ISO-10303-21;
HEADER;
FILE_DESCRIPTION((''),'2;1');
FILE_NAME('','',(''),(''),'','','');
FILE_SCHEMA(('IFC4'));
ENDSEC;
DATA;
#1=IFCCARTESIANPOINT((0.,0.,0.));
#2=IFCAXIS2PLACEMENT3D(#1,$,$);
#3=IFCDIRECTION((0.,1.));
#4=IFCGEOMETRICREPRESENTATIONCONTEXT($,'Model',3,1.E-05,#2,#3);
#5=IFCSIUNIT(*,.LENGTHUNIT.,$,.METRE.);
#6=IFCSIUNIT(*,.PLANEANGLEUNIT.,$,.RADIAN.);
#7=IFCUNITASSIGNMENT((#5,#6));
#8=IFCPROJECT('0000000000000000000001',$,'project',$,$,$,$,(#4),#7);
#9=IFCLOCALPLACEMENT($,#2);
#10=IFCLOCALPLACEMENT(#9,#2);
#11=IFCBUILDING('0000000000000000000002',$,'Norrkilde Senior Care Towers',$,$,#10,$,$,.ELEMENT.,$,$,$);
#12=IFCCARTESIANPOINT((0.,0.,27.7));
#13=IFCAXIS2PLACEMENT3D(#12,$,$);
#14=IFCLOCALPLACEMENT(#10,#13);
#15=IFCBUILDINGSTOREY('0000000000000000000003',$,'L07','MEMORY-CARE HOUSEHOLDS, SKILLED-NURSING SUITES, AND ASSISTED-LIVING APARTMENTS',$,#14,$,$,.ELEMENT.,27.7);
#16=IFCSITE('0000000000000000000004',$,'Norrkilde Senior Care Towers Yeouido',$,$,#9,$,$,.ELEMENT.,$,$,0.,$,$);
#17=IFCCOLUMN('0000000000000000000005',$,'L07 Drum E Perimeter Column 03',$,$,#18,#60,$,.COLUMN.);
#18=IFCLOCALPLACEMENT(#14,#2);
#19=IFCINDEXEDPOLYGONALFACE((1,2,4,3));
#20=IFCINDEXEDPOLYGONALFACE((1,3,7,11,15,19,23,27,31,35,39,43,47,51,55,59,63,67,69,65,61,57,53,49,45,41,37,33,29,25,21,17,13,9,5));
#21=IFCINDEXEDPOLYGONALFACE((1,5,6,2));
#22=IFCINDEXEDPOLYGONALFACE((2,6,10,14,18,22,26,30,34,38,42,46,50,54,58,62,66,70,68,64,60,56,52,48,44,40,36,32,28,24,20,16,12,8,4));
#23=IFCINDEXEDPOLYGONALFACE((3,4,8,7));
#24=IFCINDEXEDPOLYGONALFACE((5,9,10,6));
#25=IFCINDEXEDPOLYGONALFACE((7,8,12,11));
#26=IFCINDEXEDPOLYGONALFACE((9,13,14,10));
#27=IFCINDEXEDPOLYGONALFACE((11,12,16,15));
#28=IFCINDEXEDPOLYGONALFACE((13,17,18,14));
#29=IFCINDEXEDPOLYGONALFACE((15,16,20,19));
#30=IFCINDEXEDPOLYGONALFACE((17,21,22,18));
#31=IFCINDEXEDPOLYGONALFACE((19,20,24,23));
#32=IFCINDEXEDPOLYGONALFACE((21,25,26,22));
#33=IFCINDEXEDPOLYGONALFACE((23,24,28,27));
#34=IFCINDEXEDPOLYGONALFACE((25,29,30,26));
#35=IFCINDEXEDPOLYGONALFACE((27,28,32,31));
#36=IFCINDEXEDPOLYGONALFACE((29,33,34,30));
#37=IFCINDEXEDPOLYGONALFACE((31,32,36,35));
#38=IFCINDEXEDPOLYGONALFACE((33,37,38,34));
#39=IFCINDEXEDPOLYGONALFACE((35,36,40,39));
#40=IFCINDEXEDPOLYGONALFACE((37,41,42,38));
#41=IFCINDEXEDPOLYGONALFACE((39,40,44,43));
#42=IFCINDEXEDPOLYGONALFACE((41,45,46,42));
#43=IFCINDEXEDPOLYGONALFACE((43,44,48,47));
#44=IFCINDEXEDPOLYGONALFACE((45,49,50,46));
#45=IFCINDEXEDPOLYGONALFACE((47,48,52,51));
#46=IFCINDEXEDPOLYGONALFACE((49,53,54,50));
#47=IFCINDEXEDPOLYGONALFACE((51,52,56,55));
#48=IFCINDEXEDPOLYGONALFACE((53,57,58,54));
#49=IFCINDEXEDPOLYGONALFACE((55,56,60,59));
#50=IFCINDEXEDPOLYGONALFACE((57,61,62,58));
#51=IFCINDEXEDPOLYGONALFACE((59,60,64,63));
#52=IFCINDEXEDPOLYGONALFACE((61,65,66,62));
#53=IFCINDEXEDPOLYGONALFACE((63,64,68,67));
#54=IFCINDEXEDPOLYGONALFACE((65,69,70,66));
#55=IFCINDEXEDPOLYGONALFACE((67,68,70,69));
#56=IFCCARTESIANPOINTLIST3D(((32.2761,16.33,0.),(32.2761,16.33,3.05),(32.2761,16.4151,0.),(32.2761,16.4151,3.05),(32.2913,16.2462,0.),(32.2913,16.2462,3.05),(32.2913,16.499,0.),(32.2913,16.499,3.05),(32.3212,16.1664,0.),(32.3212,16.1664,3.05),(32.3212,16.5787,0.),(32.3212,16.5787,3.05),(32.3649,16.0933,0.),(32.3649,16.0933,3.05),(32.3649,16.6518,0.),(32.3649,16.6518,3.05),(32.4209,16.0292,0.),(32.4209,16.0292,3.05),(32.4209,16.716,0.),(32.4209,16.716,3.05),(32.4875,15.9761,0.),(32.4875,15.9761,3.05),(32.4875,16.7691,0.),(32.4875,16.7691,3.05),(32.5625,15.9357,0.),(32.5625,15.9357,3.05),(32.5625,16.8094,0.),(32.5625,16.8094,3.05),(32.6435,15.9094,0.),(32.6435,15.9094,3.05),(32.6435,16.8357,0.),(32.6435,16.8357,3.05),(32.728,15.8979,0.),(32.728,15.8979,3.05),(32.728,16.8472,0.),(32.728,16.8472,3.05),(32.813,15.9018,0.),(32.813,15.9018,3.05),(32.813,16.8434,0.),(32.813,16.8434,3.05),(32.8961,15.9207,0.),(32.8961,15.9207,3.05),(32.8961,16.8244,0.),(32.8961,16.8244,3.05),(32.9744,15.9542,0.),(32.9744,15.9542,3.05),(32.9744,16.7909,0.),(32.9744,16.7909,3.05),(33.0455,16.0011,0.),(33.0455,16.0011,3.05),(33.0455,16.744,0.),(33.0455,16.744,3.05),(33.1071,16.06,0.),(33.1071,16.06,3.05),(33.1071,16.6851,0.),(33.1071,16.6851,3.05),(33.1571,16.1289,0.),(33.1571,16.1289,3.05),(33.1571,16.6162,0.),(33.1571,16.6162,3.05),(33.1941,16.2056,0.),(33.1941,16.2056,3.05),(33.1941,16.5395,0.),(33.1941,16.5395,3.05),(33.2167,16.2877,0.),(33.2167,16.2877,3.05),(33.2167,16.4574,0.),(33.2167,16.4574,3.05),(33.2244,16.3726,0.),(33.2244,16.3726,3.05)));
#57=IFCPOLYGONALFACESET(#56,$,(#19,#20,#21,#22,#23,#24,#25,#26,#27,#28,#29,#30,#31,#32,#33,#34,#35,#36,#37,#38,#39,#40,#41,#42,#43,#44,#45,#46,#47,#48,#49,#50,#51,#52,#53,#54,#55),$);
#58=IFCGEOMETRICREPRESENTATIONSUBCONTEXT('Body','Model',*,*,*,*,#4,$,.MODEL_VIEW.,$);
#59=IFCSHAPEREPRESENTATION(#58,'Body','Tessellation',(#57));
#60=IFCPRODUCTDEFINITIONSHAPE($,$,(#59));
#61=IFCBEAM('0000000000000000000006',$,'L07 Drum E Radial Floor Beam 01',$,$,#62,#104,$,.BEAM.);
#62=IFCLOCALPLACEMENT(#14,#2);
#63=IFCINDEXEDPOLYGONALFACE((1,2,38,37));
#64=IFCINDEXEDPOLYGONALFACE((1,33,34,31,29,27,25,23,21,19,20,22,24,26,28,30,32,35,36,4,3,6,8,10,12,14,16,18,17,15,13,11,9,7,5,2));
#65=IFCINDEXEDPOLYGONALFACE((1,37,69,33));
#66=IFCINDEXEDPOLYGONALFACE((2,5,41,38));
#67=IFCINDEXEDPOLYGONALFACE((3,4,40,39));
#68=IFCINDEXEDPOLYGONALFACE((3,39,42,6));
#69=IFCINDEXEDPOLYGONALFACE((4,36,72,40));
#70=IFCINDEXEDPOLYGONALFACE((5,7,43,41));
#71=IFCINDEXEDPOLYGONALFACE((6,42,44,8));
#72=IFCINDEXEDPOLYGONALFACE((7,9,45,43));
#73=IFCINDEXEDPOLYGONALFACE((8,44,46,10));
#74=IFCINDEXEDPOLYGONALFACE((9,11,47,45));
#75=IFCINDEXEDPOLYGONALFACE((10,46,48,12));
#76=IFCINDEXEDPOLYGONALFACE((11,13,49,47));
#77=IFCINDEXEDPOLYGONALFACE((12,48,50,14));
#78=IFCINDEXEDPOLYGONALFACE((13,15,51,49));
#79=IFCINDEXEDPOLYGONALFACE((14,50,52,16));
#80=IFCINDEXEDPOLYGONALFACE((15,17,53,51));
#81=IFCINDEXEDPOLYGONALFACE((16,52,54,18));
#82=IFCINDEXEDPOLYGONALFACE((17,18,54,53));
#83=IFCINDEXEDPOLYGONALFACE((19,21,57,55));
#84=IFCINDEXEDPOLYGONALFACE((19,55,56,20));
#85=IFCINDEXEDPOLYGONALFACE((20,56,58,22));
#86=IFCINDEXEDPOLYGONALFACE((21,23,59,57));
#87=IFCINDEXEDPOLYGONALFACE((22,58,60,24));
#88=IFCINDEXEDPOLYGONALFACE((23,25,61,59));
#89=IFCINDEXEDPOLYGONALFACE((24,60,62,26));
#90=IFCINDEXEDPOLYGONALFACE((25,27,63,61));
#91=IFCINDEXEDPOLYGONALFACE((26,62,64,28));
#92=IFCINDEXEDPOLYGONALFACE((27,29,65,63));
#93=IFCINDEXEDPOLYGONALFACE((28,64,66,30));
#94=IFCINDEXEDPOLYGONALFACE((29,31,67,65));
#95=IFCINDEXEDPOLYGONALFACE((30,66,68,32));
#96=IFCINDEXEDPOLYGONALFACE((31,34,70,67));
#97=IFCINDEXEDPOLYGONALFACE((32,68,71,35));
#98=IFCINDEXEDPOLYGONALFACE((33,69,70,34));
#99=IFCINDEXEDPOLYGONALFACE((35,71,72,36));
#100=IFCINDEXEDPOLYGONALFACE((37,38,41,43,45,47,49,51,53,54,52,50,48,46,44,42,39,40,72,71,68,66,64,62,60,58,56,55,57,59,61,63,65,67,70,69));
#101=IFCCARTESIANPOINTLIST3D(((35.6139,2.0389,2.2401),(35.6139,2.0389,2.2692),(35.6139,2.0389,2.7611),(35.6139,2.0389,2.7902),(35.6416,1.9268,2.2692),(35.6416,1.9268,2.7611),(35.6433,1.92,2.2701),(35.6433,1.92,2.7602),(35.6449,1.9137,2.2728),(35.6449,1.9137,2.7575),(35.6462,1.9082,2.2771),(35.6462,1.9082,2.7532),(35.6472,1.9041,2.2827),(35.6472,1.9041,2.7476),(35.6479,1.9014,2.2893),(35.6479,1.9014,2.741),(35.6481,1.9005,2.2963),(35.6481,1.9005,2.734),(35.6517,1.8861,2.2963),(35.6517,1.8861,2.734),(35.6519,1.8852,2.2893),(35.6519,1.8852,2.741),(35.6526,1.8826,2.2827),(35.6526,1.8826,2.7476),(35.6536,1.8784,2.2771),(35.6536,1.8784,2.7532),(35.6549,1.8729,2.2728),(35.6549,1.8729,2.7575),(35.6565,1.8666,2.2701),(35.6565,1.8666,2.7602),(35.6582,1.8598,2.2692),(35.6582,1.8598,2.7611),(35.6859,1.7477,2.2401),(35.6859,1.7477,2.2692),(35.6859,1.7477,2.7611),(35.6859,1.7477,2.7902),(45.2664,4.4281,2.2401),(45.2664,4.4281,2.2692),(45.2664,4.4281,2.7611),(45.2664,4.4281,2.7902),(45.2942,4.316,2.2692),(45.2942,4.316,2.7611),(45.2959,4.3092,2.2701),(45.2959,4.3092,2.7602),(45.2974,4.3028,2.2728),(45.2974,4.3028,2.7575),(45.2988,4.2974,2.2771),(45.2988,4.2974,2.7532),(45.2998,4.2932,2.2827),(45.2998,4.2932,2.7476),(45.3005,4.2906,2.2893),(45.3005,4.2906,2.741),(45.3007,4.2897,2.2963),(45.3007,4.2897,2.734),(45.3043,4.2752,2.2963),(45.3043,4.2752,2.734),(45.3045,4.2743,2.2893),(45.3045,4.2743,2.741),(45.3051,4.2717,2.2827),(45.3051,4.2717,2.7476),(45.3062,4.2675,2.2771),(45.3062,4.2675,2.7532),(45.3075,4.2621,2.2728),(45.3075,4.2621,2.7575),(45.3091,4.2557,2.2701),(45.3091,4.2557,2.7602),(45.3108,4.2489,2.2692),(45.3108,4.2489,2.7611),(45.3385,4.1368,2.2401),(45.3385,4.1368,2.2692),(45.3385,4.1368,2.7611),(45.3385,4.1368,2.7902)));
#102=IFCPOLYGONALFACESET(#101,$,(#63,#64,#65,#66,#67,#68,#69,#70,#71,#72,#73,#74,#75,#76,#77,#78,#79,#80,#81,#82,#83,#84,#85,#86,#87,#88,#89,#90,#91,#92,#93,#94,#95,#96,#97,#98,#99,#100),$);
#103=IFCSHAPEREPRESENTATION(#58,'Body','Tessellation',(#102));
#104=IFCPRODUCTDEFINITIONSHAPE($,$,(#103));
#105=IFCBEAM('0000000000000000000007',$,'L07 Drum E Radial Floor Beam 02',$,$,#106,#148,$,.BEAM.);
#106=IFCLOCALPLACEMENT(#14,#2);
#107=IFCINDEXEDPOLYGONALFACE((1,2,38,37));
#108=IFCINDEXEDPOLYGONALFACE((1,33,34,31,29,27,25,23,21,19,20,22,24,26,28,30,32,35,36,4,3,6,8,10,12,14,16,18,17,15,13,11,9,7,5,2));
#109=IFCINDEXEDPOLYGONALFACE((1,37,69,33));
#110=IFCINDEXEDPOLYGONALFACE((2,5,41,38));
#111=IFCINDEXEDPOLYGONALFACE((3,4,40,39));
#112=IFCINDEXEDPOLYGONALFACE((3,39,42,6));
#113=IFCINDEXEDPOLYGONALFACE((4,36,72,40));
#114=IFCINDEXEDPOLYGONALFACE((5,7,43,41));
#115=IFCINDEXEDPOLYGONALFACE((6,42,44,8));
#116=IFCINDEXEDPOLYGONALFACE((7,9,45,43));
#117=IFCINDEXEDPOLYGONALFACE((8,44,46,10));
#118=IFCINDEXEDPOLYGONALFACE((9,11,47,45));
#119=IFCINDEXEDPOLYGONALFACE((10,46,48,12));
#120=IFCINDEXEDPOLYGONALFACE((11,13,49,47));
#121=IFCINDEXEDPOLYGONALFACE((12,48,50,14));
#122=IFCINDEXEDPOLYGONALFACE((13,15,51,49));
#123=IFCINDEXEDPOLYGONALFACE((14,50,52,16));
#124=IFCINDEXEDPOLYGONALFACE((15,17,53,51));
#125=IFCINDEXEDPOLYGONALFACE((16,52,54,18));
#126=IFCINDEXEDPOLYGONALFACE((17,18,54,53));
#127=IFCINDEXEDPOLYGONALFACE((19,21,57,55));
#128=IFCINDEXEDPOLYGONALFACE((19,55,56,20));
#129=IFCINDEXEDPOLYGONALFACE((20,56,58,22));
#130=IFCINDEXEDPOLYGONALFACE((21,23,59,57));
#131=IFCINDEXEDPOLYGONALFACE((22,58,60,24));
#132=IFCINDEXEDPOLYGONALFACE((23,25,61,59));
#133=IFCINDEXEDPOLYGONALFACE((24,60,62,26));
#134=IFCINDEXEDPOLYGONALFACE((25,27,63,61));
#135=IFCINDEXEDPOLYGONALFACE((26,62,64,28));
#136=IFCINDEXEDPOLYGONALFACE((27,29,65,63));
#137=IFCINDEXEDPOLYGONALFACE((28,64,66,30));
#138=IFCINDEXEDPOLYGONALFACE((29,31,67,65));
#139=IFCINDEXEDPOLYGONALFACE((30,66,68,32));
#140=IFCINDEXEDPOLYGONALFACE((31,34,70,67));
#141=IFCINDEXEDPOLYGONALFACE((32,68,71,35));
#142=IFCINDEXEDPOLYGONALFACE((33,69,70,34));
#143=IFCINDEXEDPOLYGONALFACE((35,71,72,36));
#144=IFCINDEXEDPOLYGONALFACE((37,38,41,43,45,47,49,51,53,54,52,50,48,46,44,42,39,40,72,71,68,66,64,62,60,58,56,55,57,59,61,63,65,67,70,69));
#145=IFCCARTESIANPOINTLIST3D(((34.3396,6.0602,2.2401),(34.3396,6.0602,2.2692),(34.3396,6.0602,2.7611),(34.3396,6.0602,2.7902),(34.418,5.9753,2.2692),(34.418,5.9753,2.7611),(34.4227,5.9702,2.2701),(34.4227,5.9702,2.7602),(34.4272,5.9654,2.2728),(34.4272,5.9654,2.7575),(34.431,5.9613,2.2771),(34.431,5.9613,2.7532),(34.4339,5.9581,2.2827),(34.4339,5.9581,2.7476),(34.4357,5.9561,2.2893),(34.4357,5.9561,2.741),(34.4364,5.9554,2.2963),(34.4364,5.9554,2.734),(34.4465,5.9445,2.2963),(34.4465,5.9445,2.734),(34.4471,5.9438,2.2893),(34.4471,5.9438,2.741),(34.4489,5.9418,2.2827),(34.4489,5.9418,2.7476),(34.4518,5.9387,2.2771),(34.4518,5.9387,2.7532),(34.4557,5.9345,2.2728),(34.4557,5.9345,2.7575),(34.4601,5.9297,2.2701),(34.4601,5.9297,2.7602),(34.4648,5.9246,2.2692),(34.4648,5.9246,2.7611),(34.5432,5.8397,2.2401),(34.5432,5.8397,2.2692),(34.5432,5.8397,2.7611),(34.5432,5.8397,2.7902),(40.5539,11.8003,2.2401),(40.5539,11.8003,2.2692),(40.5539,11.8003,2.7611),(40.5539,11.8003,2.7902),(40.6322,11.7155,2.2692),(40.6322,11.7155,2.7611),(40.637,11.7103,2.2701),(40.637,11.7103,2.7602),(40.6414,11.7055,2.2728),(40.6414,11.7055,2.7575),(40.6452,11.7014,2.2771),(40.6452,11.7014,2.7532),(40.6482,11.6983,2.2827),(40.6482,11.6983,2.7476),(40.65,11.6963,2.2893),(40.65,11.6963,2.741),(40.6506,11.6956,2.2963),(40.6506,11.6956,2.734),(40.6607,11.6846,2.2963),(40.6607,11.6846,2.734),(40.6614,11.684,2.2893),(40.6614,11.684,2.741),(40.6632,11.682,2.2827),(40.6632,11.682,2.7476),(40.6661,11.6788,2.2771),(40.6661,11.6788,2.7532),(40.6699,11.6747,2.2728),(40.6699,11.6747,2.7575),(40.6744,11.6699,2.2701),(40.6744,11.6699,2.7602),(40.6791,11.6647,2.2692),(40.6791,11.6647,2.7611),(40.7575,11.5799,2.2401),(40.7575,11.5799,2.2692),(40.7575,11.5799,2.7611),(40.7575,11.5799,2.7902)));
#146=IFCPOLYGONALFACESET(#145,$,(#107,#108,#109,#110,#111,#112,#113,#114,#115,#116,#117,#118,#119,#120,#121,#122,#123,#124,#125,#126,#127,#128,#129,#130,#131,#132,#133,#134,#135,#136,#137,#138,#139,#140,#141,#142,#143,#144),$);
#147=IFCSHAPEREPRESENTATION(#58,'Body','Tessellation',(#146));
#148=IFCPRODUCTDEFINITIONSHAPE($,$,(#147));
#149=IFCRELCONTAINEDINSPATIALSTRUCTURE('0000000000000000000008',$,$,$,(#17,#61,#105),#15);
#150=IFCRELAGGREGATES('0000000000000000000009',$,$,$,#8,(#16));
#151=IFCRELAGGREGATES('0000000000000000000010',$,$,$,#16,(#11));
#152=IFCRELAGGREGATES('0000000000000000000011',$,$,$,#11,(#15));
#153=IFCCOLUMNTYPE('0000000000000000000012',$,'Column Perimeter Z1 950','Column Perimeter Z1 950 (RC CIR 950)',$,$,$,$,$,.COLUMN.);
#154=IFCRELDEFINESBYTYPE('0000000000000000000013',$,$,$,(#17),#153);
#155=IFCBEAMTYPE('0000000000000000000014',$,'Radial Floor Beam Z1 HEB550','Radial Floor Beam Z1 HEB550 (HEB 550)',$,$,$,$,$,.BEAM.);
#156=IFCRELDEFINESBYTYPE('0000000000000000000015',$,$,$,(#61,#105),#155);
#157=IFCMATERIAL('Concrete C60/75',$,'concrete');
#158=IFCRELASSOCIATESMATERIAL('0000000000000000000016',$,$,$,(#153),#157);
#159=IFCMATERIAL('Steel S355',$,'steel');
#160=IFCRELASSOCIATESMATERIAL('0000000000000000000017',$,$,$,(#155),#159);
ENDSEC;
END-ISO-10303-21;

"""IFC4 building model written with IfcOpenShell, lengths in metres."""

from ifc_helpers import new_model, si_unit, direction, frame, origin, origin_2d, place, context, subcontext, project, spatial, circle, i_section, extrude, source, transform, mapped, material, material_profile, profile_set, type_object, type_shapes, element, save


model = new_model("IFC4")

# Units and contexts
model_context = context("Model", 3, precision=1e-05, world=origin(), true_north=direction((0.0, 1.0)))
body_context = subcontext(model_context, "Body", "Model", "MODEL_VIEW")
ifc_project = project(units=[si_unit("LENGTHUNIT", "METRE"), si_unit("PLANEANGLEUNIT", "RADIAN")], contexts=[model_context])

# Site, building, storey
site_placement = place(None, origin())
site = spatial("IfcSite", under=ifc_project, at=site_placement, Name="Norrkilde Senior Care Towers Yeouido", CompositionType="ELEMENT", RefElevation=0.0)
building_placement = place(site_placement, origin())
building = spatial("IfcBuilding", under=site, at=building_placement, Name="Norrkilde Senior Care Towers", CompositionType="ELEMENT")
storey_placement = place(building_placement, frame((0.0, 0.0, 27.7)))
storey = spatial("IfcBuildingStorey", under=building, at=storey_placement, Name="L07", Description="MEMORY-CARE HOUSEHOLDS, SKILLED-NURSING SUITES, AND ASSISTED-LIVING APARTMENTS", CompositionType="ELEMENT", Elevation=27.7)

# Column
ifc_material_1 = material(Name="Concrete C60/75", Category="concrete")
ifc_material_profile_1 = material_profile(ifc_material_1, circle(Radius=0.4751, at=origin_2d()), Name="RC CIR 950")
ifc_profile_set_1 = profile_set([ifc_material_profile_1], Name="Concrete C60/75")
column_type = type_object("IfcColumnType", Name="Column Perimeter Z1 950", Description="Column Perimeter Z1 950 (RC CIR 950)", PredefinedType="COLUMN", material=ifc_profile_set_1)
shared_shape_1 = source(origin(), body_context, "Body", "SweptSolid", [
    extrude(circle(Radius=0.4751, at=origin_2d()), origin(), (0.0, 0.0, 1.0), 3.05),
])
type_shapes(column_type, [shared_shape_1])
column_placement = place(storey_placement, frame((32.7493, 16.3726, 0.0), z_axis=(0.0, 0.0, 1.0), x_axis=(1.0, 0.0, 0.0)))
element("IfcColumn", 1, at=column_placement, inside=storey, type_object=column_type, Name="L07 Drum E Perimeter Column 03", PredefinedType="COLUMN", context=body_context, shape_type="MappedRepresentation", body=[
    mapped(shared_shape_1, transform((0.0, 0.0, 0.0), x_axis=(1.0, 0.0, 0.0), y_axis=(0.0, 1.0, 0.0), z_axis=(0.0, 0.0, 1.0), scale=1.0)),
])

# Beams
ifc_material_2 = material(Name="Steel S355", Category="steel")
ifc_material_profile_2 = material_profile(ifc_material_2, i_section(OverallWidth=0.3, OverallDepth=0.55, WebThickness=0.0149, FlangeThickness=0.0291, FilletRadius=0.0271, at=origin_2d()), Name="HEB 550")
ifc_profile_set_2 = profile_set([ifc_material_profile_2], Name="Steel S355")
beam_type_1 = type_object("IfcBeamType", Name="Radial Floor Beam Z1 HEB550", Description="Radial Floor Beam Z1 HEB550 (HEB 550)", PredefinedType="BEAM", material=ifc_profile_set_2)
shared_shape_2 = source(origin(), body_context, "Body", "SweptSolid", [
    extrude(i_section(OverallWidth=0.3, OverallDepth=0.55, WebThickness=0.0149, FlangeThickness=0.0291, FilletRadius=0.0271, at=origin_2d()), origin(), (0.0, 0.0, 1.0), 9.9438),
])
beam_1_placement = place(storey_placement, frame((35.6499, 1.8933, 2.5151), z_axis=(0.970707, 0.240265, 0.0), x_axis=(-0.240265, 0.970707, 0.0)))
element("IfcBeam", 2, at=beam_1_placement, inside=storey, type_object=beam_type_1, Name="L07 Drum E Radial Floor Beam 01", PredefinedType="BEAM", context=body_context, shape_type="MappedRepresentation", body=[
    mapped(shared_shape_2, transform((0.0, 0.0, 0.0), x_axis=(1.0, 0.0, 0.0), y_axis=(0.0, 1.0, 0.0), z_axis=(0.0, 0.0, 1.0), scale=1.0)),
])
shared_shape_3 = source(origin(), body_context, "Body", "SweptSolid", [
    extrude(i_section(OverallWidth=0.3, OverallDepth=0.55, WebThickness=0.0149, FlangeThickness=0.0291, FilletRadius=0.0271, at=origin_2d()), origin(), (0.0, 0.0, 1.0), 8.4597),
])
beam_2_placement = place(storey_placement, frame((34.4414, 5.95, 2.5151), z_axis=(0.734573, 0.678529, 0.0), x_axis=(-0.678529, 0.734573, 0.0)))
element("IfcBeam", 3, at=beam_2_placement, inside=storey, type_object=beam_type_1, Name="L07 Drum E Radial Floor Beam 02", PredefinedType="BEAM", context=body_context, shape_type="MappedRepresentation", body=[
    mapped(shared_shape_3, transform((0.0, 0.0, 0.0), x_axis=(1.0, 0.0, 0.0), y_axis=(0.0, 1.0, 0.0), z_axis=(0.0, 0.0, 1.0), scale=1.0)),
])

save(model, "model.ifc")
